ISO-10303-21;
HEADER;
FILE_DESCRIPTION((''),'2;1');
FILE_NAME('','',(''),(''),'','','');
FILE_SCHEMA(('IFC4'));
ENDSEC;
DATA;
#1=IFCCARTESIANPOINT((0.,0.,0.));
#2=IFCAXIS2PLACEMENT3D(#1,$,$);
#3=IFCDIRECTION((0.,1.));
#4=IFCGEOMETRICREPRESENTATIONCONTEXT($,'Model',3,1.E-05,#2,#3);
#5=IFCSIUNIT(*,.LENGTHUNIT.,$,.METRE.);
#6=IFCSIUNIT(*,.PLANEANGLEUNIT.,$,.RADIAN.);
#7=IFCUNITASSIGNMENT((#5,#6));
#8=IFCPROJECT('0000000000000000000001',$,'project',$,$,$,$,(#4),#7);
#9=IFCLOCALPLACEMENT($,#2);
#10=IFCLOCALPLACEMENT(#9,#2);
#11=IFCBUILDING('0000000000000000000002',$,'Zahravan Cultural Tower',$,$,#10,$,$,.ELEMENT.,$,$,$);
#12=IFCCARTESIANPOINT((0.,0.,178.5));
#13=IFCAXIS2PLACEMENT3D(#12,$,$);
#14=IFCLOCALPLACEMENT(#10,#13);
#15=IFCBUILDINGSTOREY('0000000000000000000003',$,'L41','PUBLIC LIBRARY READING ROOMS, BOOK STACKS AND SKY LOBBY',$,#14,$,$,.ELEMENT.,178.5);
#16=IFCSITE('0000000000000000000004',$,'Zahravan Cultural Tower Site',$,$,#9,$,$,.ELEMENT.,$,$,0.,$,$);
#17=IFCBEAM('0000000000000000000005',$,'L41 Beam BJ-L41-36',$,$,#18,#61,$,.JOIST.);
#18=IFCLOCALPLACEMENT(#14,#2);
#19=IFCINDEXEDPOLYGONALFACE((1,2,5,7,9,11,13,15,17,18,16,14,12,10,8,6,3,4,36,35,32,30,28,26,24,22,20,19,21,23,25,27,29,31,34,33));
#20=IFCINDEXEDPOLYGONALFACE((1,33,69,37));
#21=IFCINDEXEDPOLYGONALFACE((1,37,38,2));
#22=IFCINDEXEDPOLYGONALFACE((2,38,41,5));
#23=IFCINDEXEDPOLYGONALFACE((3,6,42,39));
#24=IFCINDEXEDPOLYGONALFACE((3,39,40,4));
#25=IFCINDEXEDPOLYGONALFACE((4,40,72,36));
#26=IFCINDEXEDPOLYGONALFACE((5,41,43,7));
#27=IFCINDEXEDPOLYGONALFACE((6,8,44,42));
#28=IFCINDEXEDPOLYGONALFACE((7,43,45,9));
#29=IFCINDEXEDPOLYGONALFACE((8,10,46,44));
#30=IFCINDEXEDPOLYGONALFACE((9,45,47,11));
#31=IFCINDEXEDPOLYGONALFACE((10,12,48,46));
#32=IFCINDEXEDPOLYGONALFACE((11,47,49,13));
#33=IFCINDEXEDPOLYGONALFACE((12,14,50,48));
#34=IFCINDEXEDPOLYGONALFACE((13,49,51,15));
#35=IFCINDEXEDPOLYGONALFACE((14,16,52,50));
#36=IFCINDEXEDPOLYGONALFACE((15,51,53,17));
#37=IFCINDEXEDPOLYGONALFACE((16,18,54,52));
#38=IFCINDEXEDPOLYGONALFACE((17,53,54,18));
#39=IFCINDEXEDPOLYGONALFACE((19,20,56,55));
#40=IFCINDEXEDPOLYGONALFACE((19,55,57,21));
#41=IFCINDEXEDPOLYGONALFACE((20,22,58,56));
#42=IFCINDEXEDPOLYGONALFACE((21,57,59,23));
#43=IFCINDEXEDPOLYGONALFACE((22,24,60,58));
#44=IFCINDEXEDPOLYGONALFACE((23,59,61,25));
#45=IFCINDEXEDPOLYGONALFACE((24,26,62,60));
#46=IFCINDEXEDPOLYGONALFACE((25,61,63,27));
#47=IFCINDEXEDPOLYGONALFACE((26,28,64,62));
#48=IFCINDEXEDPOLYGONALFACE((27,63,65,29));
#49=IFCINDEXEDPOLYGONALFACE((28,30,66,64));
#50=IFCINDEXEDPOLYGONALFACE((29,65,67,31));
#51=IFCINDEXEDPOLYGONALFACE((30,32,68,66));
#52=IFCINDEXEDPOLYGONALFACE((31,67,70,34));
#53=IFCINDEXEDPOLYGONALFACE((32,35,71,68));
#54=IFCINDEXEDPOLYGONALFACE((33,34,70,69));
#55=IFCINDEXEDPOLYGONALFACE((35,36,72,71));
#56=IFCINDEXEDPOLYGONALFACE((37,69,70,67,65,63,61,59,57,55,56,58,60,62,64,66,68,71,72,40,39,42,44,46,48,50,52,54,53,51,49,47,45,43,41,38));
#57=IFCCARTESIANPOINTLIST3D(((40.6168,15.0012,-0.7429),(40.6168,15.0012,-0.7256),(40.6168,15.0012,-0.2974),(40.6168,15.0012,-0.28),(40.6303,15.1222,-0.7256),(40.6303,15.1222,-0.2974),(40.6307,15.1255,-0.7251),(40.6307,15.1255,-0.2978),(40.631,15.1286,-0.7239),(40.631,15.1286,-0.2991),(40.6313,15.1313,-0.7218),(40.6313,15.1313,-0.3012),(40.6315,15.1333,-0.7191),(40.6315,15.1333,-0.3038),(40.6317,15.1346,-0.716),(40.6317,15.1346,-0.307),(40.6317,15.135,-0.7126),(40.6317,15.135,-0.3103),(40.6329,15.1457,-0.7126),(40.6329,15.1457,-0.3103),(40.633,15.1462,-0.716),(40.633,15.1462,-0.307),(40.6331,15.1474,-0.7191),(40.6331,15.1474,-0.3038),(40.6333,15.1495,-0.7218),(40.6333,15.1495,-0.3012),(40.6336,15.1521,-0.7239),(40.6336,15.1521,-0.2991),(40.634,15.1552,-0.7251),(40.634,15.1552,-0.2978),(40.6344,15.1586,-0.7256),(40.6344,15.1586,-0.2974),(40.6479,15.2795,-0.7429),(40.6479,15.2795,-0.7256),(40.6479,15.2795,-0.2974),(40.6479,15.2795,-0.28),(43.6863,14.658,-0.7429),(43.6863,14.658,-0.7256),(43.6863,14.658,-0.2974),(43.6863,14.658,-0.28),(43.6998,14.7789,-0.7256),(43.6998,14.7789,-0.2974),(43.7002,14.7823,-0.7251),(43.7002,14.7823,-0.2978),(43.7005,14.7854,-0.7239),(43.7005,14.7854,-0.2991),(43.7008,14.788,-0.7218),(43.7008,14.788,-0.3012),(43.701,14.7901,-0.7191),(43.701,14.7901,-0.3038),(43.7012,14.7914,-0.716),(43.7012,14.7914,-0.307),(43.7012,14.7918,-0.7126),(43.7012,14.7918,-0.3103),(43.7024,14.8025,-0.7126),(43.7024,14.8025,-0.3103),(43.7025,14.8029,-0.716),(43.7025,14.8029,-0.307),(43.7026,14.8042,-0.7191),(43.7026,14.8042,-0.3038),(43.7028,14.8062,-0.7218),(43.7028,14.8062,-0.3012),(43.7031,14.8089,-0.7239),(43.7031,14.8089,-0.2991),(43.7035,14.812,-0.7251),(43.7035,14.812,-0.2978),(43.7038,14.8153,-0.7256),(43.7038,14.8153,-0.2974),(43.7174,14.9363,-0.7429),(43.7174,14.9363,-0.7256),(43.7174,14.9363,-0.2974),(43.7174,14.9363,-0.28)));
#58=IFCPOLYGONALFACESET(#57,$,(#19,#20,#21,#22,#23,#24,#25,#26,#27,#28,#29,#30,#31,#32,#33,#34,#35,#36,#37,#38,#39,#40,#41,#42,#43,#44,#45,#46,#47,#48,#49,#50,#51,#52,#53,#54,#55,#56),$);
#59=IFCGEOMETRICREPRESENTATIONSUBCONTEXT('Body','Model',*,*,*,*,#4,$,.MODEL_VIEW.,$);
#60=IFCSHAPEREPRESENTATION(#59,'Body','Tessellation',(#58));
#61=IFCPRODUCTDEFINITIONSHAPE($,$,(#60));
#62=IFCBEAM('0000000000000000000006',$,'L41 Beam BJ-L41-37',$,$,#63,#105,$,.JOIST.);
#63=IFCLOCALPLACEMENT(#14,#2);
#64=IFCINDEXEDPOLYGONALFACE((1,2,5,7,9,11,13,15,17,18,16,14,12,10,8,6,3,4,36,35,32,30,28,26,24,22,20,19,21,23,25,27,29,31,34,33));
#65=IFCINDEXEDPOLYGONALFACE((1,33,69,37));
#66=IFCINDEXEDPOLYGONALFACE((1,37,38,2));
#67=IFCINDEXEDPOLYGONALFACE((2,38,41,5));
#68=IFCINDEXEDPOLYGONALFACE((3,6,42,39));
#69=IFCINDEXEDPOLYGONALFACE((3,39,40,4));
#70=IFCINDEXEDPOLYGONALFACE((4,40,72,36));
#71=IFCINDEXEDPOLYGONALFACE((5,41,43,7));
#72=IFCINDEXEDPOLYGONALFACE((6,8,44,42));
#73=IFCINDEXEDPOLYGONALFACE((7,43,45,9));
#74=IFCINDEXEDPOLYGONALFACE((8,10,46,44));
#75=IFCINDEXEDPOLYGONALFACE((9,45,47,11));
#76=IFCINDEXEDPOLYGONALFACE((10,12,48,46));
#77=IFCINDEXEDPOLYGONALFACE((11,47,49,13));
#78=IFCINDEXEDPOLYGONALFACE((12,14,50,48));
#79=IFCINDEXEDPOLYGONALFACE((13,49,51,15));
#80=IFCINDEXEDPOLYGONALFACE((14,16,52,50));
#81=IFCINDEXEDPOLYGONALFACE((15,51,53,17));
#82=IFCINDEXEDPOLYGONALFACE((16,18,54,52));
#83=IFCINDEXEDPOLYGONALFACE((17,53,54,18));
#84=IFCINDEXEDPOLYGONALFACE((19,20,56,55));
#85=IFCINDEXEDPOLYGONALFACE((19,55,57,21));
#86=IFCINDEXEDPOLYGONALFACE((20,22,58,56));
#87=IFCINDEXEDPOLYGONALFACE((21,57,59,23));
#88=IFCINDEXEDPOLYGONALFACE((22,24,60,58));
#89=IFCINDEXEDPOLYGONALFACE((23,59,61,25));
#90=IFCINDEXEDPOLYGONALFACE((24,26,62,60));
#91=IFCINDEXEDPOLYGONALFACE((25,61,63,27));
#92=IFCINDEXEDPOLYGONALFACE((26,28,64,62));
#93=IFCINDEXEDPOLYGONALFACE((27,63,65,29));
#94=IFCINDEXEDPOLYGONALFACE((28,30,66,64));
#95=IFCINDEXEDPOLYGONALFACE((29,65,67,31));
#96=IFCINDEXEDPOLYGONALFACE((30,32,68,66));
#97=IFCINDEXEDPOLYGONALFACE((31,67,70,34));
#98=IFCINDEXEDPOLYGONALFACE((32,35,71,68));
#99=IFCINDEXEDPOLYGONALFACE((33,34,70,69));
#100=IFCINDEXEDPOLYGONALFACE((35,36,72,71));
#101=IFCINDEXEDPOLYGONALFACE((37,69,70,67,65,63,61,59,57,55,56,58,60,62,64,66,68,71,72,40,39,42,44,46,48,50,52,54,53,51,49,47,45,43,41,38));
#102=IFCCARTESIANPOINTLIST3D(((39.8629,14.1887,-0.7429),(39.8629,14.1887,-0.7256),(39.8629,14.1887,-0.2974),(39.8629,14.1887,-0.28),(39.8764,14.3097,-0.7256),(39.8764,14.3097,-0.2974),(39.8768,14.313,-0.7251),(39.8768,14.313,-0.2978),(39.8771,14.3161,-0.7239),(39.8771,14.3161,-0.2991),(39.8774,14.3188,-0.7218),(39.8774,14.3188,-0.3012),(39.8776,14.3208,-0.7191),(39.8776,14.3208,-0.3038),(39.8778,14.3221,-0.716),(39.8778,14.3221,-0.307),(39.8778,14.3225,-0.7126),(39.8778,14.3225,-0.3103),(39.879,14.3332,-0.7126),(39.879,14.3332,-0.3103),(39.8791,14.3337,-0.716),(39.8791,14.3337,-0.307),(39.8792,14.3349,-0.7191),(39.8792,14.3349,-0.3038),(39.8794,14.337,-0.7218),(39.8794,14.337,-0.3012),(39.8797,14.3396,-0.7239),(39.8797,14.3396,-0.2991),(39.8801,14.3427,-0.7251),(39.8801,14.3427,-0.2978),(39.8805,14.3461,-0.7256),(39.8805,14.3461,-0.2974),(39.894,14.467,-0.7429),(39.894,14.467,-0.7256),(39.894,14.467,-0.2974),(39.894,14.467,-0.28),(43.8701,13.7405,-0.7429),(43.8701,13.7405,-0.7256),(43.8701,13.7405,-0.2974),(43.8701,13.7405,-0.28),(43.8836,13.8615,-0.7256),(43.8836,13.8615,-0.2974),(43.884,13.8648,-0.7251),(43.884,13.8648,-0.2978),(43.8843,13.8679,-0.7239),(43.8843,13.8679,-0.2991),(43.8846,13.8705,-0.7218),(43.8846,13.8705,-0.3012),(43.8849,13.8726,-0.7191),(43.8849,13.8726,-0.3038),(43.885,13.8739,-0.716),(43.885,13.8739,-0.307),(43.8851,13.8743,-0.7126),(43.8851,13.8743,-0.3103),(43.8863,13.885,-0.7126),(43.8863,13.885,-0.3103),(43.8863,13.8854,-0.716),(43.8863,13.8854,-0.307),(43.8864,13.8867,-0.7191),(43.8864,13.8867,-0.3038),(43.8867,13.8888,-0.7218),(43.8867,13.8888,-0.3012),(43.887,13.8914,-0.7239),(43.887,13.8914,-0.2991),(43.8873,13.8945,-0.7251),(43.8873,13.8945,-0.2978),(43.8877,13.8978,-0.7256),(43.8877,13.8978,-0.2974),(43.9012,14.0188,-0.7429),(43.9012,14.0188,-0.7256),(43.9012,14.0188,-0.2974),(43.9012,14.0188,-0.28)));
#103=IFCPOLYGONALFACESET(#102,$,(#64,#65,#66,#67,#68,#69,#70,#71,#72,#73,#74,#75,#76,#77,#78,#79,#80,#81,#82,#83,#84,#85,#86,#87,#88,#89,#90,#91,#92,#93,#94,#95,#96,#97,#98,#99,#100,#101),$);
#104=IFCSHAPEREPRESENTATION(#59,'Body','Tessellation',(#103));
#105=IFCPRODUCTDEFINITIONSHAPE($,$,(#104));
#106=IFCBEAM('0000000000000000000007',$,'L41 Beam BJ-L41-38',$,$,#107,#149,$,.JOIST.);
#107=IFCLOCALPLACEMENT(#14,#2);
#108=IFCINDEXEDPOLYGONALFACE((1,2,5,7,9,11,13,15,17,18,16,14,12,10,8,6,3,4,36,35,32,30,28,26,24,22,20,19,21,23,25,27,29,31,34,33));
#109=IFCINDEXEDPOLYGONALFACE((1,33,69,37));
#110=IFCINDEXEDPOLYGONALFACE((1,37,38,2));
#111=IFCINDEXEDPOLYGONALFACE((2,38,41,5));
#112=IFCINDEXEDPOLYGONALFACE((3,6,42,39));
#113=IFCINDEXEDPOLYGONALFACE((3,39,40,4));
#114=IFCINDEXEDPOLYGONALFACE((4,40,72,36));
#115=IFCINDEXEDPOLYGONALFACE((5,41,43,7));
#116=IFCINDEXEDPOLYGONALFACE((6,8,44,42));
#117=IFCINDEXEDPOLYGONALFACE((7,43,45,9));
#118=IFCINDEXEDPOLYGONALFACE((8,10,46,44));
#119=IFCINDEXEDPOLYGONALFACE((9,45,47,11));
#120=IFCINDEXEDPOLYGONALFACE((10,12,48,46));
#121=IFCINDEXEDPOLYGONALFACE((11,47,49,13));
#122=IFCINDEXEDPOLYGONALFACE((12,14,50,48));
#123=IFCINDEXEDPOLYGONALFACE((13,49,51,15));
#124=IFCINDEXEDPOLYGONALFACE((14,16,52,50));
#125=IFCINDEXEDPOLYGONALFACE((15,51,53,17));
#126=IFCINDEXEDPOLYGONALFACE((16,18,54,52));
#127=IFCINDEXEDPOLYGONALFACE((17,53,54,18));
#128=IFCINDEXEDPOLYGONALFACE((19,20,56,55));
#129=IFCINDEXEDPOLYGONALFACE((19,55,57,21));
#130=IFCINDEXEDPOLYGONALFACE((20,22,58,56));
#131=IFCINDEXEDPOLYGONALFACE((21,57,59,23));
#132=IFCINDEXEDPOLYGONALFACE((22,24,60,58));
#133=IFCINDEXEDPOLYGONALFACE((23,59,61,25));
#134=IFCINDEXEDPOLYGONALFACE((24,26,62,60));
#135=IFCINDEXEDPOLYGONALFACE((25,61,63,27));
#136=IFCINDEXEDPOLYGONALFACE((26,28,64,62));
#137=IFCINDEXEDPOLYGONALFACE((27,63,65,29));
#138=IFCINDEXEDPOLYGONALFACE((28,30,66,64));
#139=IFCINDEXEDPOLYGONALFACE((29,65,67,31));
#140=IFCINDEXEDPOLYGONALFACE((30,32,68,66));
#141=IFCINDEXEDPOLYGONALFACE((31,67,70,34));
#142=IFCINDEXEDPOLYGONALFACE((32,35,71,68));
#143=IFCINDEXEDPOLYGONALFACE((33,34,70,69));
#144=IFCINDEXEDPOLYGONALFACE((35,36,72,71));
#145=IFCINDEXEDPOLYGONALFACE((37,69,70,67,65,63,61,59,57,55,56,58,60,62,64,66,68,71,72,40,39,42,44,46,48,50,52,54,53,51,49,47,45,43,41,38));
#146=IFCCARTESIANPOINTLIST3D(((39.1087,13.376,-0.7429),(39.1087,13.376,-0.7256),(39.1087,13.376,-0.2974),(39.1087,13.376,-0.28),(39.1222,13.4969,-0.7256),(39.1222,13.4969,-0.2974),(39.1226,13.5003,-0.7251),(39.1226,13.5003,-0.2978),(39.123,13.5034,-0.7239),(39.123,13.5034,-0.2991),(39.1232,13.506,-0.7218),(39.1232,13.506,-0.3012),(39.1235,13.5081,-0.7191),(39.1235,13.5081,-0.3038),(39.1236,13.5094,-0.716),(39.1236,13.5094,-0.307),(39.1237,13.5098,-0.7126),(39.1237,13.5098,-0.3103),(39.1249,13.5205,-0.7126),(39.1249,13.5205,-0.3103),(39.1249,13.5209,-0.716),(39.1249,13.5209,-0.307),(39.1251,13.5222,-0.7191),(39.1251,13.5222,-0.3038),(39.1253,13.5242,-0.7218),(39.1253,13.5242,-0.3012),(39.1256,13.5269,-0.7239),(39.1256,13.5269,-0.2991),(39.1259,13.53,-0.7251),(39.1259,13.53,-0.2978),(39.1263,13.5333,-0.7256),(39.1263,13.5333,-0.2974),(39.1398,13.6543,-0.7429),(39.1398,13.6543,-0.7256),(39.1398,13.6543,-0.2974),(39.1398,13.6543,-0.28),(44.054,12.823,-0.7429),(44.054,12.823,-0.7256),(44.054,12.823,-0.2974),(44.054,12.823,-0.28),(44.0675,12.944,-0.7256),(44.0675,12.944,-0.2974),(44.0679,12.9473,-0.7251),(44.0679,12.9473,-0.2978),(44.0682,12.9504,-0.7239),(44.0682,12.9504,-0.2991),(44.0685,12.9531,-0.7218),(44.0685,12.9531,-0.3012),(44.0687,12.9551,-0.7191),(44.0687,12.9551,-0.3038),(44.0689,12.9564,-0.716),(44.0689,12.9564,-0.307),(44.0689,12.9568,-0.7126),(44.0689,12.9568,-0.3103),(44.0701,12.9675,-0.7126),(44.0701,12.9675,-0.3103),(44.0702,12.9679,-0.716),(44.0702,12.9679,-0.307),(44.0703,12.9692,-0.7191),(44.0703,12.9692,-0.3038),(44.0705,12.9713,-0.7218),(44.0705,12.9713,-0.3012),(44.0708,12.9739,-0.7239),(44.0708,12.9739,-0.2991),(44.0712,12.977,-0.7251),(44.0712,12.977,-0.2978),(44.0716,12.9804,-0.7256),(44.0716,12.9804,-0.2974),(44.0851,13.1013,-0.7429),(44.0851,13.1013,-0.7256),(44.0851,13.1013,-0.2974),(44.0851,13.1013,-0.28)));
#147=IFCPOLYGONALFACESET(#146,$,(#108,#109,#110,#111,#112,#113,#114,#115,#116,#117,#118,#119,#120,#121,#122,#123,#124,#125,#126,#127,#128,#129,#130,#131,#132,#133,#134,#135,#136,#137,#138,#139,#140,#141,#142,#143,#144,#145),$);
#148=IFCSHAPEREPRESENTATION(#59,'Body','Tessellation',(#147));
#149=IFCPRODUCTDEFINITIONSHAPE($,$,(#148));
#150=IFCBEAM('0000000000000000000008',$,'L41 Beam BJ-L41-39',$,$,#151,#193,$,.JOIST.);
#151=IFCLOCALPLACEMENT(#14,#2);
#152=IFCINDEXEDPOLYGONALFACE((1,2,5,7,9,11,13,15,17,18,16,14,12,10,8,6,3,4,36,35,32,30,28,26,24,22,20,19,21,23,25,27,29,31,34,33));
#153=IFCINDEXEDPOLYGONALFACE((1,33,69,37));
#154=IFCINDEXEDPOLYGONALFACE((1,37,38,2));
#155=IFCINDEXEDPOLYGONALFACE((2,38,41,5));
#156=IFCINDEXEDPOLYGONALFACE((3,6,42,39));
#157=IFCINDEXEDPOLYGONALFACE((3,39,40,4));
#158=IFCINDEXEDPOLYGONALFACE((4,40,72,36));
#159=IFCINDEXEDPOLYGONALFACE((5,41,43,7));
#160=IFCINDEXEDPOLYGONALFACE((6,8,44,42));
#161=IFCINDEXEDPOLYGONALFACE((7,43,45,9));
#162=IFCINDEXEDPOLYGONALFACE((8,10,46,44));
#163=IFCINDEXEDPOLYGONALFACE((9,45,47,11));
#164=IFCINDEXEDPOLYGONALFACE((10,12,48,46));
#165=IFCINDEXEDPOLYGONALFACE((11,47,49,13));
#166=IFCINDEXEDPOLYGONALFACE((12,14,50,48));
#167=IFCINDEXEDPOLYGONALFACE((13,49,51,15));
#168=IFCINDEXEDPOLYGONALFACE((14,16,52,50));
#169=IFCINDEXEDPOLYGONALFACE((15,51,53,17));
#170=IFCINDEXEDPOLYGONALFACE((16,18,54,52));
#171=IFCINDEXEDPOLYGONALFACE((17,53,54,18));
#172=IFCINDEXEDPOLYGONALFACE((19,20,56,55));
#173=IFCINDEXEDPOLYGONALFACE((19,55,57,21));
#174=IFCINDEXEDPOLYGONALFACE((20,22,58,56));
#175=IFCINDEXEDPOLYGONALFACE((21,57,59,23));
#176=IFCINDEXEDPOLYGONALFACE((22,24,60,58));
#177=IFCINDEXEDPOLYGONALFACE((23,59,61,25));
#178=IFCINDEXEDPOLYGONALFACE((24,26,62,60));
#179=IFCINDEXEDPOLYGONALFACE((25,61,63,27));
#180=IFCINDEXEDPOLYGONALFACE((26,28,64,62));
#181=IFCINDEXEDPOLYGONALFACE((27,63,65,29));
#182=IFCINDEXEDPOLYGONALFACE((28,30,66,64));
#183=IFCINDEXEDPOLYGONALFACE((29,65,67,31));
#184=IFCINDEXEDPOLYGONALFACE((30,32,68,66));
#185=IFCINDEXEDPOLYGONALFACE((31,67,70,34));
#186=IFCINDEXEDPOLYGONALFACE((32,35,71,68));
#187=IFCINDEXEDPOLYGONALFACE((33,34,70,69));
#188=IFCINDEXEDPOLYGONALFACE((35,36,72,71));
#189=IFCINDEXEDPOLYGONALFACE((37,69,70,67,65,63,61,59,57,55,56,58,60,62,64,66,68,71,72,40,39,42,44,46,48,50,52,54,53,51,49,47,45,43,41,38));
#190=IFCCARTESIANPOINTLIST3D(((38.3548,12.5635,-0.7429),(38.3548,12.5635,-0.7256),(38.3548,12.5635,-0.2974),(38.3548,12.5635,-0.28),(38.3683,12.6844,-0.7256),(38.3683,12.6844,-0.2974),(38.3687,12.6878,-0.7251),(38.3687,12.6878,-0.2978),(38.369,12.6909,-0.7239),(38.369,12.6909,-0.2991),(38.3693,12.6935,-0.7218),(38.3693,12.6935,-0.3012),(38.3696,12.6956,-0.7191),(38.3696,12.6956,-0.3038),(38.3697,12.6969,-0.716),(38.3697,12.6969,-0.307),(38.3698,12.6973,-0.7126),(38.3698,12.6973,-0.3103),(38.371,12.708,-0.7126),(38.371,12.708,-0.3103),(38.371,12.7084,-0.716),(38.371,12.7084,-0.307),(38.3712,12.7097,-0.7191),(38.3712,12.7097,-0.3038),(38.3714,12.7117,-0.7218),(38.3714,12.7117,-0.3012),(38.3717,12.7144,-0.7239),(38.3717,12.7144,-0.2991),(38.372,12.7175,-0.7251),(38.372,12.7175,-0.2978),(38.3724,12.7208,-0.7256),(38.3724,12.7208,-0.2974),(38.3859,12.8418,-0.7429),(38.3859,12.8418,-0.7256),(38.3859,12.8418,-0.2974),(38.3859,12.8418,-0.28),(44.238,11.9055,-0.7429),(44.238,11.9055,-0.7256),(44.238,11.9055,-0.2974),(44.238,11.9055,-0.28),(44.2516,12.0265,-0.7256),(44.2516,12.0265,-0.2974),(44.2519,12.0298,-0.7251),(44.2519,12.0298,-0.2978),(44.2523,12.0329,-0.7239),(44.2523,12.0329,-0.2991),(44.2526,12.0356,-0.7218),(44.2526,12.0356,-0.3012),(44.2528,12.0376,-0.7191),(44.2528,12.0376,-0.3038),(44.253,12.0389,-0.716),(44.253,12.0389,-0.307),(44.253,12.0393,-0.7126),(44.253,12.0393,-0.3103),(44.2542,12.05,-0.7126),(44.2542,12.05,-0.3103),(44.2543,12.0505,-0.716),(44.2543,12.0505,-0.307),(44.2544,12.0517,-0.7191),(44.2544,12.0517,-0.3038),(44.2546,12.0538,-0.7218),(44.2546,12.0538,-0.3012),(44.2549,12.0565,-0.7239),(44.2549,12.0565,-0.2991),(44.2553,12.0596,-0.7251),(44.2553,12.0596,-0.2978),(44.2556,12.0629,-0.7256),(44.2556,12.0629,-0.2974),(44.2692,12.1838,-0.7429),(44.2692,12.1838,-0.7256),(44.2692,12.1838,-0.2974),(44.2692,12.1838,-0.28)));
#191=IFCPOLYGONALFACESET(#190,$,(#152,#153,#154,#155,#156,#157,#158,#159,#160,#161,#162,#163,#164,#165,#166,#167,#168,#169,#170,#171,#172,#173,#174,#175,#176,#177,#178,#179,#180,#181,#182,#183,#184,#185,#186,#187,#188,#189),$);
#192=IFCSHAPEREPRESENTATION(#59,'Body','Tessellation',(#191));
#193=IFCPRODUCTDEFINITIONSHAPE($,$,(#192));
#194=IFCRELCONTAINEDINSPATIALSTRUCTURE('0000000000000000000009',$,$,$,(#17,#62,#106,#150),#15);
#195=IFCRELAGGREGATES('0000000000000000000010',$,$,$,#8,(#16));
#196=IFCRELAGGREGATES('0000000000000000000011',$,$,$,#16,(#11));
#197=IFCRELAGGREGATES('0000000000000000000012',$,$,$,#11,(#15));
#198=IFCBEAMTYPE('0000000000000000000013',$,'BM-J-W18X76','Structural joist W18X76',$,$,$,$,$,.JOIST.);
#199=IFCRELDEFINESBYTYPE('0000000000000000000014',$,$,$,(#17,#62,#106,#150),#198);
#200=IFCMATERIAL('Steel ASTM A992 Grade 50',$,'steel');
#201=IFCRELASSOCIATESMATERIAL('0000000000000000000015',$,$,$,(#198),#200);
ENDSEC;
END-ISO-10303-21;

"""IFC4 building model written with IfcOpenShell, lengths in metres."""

from ifc_helpers import new_model, si_unit, direction, frame, origin, origin_2d, place, context, subcontext, project, spatial, i_section, extrude, source, transform, mapped, material, material_profile, profile_set, type_object, element, save


model = new_model("IFC4")

# Units and contexts
model_context = context("Model", 3, precision=1e-05, world=origin(), true_north=direction((0.0, 1.0)))
body_context = subcontext(model_context, "Body", "Model", "MODEL_VIEW")
ifc_project = project(units=[si_unit("LENGTHUNIT", "METRE"), si_unit("PLANEANGLEUNIT", "RADIAN")], contexts=[model_context])

# Site, building, storey
site_placement = place(None, origin())
site = spatial("IfcSite", under=ifc_project, at=site_placement, Name="Zahravan Cultural Tower Site", CompositionType="ELEMENT", RefElevation=0.0)
building_placement = place(site_placement, origin())
building = spatial("IfcBuilding", under=site, at=building_placement, Name="Zahravan Cultural Tower", CompositionType="ELEMENT")
storey_placement = place(building_placement, frame((0.0, 0.0, 178.5)))
storey = spatial("IfcBuildingStorey", under=building, at=storey_placement, Name="L41", Description="PUBLIC LIBRARY READING ROOMS, BOOK STACKS AND SKY LOBBY", CompositionType="ELEMENT", Elevation=178.5)

# Shared definitions
ifc_material_1 = material(Name="Steel ASTM A992 Grade 50", Category="steel")

# Beams
ifc_material_profile_1 = material_profile(ifc_material_1, i_section(OverallWidth=0.28, OverallDepth=0.4629, WebThickness=0.0107, FlangeThickness=0.0173, FilletRadius=0.0129, at=origin_2d()), Name="W18X76")
ifc_profile_set_1 = profile_set([ifc_material_profile_1], Name="Steel ASTM A992 Grade 50")
beam_type_1 = type_object("IfcBeamType", Name="BM-J-W18X76", Description="Structural joist W18X76", PredefinedType="JOIST", material=ifc_profile_set_1)
shared_shape_1 = source(origin(), body_context, "Body", "SweptSolid", [
    extrude(i_section(OverallWidth=0.28, OverallDepth=0.4629, WebThickness=0.0107, FlangeThickness=0.0173, FilletRadius=0.0129, at=origin_2d()), origin(), (0.0, 0.0, 1.0), 3.0886),
])
beam_1_placement = place(storey_placement, frame((40.6323, 15.1404, -0.5115), z_axis=(0.993805, -0.111134, 0.0), x_axis=(0.111134, 0.993805, 0.0)))
element("IfcBeam", 1, at=beam_1_placement, inside=storey, type_object=beam_type_1, Name="L41 Beam BJ-L41-36", PredefinedType="JOIST", context=body_context, shape_type="MappedRepresentation", body=[
    mapped(shared_shape_1, transform((0.0, 0.0, 0.0), x_axis=(1.0, 0.0, 0.0), y_axis=(0.0, 1.0, 0.0), z_axis=(0.0, 0.0, 1.0), scale=1.0)),
])
shared_shape_2 = source(origin(), body_context, "Body", "SweptSolid", [
    extrude(i_section(OverallWidth=0.28, OverallDepth=0.4629, WebThickness=0.0107, FlangeThickness=0.0173, FilletRadius=0.0129, at=origin_2d()), origin(), (0.0, 0.0, 1.0), 4.0322),
])
beam_2_placement = place(storey_placement, frame((39.8784, 14.3279, -0.5115), z_axis=(0.993802, -0.111162, 0.0), x_axis=(0.111162, 0.993802, 0.0)))
element("IfcBeam", 2, at=beam_2_placement, inside=storey, type_object=beam_type_1, Name="L41 Beam BJ-L41-37", PredefinedType="JOIST", context=body_context, shape_type="MappedRepresentation", body=[
    mapped(shared_shape_2, transform((0.0, 0.0, 0.0), x_axis=(1.0, 0.0, 0.0), y_axis=(0.0, 1.0, 0.0), z_axis=(0.0, 0.0, 1.0), scale=1.0)),
])
shared_shape_3 = source(origin(), body_context, "Body", "SweptSolid", [
    extrude(i_section(OverallWidth=0.28, OverallDepth=0.4629, WebThickness=0.0107, FlangeThickness=0.0173, FilletRadius=0.0129, at=origin_2d()), origin(), (0.0, 0.0, 1.0), 4.9761),
])
beam_3_placement = place(storey_placement, frame((39.1243, 13.5151, -0.5115), z_axis=(0.993806, -0.111126, 0.0), x_axis=(0.111126, 0.993806, 0.0)))
element("IfcBeam", 3, at=beam_3_placement, inside=storey, type_object=beam_type_1, Name="L41 Beam BJ-L41-38", PredefinedType="JOIST", context=body_context, shape_type="MappedRepresentation", body=[
    mapped(shared_shape_3, transform((0.0, 0.0, 0.0), x_axis=(1.0, 0.0, 0.0), y_axis=(0.0, 1.0, 0.0), z_axis=(0.0, 0.0, 1.0), scale=1.0)),
])
shared_shape_4 = source(origin(), body_context, "Body", "SweptSolid", [
    extrude(i_section(OverallWidth=0.28, OverallDepth=0.4629, WebThickness=0.0107, FlangeThickness=0.0173, FilletRadius=0.0129, at=origin_2d()), origin(), (0.0, 0.0, 1.0), 5.9199),
])
beam_4_placement = place(storey_placement, frame((38.3704, 12.7026, -0.5115), z_axis=(0.993805, -0.111142, 0.0), x_axis=(0.111142, 0.993805, 0.0)))
element("IfcBeam", 4, at=beam_4_placement, inside=storey, type_object=beam_type_1, Name="L41 Beam BJ-L41-39", PredefinedType="JOIST", context=body_context, shape_type="MappedRepresentation", body=[
    mapped(shared_shape_4, transform((0.0, 0.0, 0.0), x_axis=(1.0, 0.0, 0.0), y_axis=(0.0, 1.0, 0.0), z_axis=(0.0, 0.0, 1.0), scale=1.0)),
])

save(model, "model.ifc")
